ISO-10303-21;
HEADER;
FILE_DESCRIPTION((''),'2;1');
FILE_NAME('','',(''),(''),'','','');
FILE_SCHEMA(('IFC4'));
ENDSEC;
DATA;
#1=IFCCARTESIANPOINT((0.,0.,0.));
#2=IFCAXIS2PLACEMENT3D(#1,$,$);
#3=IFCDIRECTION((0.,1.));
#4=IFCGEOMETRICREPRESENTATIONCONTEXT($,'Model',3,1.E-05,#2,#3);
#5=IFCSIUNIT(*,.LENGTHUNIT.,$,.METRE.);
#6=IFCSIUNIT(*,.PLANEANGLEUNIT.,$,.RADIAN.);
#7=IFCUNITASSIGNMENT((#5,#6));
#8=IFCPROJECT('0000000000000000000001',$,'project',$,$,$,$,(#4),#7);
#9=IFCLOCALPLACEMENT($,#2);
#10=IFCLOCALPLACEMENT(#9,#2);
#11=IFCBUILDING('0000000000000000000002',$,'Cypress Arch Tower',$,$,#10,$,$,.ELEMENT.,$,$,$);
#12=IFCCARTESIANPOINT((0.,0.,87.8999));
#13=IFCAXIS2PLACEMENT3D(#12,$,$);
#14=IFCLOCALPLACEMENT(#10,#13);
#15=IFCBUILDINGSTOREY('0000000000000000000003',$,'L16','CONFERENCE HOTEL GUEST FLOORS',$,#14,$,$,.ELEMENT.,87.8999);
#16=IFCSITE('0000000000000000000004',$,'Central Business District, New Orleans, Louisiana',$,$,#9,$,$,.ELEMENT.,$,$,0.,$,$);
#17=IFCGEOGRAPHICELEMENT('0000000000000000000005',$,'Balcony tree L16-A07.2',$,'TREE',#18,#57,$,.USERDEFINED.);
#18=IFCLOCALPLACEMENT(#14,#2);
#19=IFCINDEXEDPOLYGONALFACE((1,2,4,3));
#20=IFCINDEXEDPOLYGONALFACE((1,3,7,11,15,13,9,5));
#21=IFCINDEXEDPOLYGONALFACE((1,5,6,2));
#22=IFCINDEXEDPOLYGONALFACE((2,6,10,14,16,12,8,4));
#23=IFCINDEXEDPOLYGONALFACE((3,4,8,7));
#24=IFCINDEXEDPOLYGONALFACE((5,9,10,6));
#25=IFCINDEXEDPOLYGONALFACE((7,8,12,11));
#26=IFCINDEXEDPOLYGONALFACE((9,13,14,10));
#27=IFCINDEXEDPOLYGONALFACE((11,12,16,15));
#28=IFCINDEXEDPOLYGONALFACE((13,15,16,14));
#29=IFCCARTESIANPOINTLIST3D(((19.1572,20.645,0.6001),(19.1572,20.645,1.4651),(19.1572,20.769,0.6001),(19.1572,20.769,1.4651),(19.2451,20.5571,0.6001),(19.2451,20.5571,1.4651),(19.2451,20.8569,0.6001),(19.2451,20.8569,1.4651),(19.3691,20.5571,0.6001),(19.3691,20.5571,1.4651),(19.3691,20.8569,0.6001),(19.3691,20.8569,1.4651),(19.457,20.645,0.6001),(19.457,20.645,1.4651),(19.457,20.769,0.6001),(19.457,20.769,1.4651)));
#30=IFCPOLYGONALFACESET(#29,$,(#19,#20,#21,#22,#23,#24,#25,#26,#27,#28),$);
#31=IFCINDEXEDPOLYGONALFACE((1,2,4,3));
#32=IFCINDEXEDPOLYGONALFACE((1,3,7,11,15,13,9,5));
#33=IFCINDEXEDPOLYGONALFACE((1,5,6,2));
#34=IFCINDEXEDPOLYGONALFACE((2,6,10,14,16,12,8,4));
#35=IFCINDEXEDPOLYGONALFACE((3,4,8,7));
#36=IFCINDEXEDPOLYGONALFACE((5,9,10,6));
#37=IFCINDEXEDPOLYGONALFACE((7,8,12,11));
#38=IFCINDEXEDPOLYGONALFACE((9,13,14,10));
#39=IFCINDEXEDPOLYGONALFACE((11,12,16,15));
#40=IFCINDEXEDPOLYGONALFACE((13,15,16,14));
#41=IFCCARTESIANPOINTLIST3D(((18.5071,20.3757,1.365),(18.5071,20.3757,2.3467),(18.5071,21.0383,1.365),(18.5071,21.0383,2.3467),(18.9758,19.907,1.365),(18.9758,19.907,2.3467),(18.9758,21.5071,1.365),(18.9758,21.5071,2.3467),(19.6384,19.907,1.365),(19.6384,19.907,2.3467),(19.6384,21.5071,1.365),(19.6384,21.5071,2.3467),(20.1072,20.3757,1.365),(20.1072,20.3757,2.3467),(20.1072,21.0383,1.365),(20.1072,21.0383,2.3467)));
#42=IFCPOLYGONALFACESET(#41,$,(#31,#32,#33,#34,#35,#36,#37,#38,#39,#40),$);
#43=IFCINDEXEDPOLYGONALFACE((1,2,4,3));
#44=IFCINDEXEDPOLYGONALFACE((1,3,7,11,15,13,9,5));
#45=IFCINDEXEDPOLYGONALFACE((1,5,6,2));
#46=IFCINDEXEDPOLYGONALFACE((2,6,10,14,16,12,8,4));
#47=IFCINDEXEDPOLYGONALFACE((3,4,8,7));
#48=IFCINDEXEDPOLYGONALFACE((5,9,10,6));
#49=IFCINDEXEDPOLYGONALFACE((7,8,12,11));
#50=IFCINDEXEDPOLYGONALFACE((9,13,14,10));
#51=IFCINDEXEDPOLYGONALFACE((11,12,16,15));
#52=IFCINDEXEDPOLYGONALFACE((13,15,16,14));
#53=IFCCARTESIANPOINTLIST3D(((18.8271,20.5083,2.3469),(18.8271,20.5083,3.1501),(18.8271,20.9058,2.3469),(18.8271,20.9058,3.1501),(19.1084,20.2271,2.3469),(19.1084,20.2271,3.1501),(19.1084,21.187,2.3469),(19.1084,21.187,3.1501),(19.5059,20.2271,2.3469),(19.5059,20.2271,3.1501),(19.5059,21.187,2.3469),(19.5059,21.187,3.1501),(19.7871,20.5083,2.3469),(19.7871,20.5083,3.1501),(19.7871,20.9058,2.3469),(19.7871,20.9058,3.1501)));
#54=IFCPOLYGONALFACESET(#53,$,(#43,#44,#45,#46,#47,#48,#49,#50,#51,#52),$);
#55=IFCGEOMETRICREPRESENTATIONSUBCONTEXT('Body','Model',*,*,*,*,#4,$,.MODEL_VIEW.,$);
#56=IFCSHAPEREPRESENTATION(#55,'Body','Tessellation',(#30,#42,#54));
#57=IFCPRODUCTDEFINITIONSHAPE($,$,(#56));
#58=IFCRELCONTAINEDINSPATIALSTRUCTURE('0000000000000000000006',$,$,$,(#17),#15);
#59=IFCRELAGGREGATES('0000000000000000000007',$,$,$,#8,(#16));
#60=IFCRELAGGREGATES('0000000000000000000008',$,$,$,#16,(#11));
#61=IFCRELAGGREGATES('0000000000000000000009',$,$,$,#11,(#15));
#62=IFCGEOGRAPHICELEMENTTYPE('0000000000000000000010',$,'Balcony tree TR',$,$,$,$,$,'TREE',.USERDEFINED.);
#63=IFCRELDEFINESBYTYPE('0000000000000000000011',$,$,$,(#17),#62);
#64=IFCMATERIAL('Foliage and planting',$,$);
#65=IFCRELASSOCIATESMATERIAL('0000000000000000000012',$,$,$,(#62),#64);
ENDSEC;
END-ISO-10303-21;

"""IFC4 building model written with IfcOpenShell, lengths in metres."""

from ifc_helpers import new_model, si_unit, direction, frame, origin, place, context, subcontext, project, spatial, polyline, outline, extrude, material, type_object, element, save


model = new_model("IFC4")

# Units and contexts
model_context = context("Model", 3, precision=1e-05, world=origin(), true_north=direction((0.0, 1.0)))
body_context = subcontext(model_context, "Body", "Model", "MODEL_VIEW")
ifc_project = project(units=[si_unit("LENGTHUNIT", "METRE"), si_unit("PLANEANGLEUNIT", "RADIAN")], contexts=[model_context])

# Site, building, storey
site_placement = place(None, origin())
site = spatial("IfcSite", under=ifc_project, at=site_placement, Name="Central Business District, New Orleans, Louisiana", CompositionType="ELEMENT", RefElevation=0.0)
building_placement = place(site_placement, origin())
building = spatial("IfcBuilding", under=site, at=building_placement, Name="Cypress Arch Tower", CompositionType="ELEMENT")
storey_placement = place(building_placement, frame((0.0, 0.0, 87.8999)))
storey = spatial("IfcBuildingStorey", under=building, at=storey_placement, Name="L16", Description="CONFERENCE HOTEL GUEST FLOORS", CompositionType="ELEMENT", Elevation=87.8999)

# Geographic element
ifc_material_1 = material(Name="Foliage and planting")
geographic_element_type = type_object("IfcGeographicElementType", Name="Balcony tree TR", ElementType="TREE", PredefinedType="USERDEFINED", material=ifc_material_1)
geographic_element_placement = place(storey_placement, frame((19.3071, 20.707, 0.6001), z_axis=(0.0, 0.0, 1.0), x_axis=(1.0, 0.0, 0.0)))
element("IfcGeographicElement", 1, at=geographic_element_placement, inside=storey, type_object=geographic_element_type, Name="Balcony tree L16-A07.2", ObjectType="TREE", PredefinedType="USERDEFINED", context=body_context, shape_type="SweptSolid", body=[
    extrude(outline(polyline([(0.1499, 0.062), (0.062, 0.1499), (-0.062, 0.1499), (-0.1499, 0.062), (-0.1499, -0.062), (-0.062, -0.1499), (0.062, -0.1499), (0.1499, -0.062), (0.1499, 0.062)])), origin(), (0.0, 0.0, 1.0), 0.865),
    extrude(outline(polyline([(0.8, 0.3313), (0.3313, 0.8), (-0.3313, 0.8), (-0.8, 0.3313), (-0.8, -0.3313), (-0.3313, -0.8), (0.3313, -0.8), (0.8, -0.3313), (0.8, 0.3313)])), frame((0.0, 0.0, 0.7649)), (0.0, 0.0, 1.0), 0.9817),
    extrude(outline(polyline([(0.48, 0.1987), (0.1987, 0.48), (-0.1987, 0.48), (-0.48, 0.1987), (-0.48, -0.1987), (-0.1987, -0.48), (0.1987, -0.48), (0.48, -0.1987), (0.48, 0.1987)])), frame((0.0, 0.0, 1.7468)), (0.0, 0.0, 1.0), 0.8032),
])

save(model, "model.ifc")
